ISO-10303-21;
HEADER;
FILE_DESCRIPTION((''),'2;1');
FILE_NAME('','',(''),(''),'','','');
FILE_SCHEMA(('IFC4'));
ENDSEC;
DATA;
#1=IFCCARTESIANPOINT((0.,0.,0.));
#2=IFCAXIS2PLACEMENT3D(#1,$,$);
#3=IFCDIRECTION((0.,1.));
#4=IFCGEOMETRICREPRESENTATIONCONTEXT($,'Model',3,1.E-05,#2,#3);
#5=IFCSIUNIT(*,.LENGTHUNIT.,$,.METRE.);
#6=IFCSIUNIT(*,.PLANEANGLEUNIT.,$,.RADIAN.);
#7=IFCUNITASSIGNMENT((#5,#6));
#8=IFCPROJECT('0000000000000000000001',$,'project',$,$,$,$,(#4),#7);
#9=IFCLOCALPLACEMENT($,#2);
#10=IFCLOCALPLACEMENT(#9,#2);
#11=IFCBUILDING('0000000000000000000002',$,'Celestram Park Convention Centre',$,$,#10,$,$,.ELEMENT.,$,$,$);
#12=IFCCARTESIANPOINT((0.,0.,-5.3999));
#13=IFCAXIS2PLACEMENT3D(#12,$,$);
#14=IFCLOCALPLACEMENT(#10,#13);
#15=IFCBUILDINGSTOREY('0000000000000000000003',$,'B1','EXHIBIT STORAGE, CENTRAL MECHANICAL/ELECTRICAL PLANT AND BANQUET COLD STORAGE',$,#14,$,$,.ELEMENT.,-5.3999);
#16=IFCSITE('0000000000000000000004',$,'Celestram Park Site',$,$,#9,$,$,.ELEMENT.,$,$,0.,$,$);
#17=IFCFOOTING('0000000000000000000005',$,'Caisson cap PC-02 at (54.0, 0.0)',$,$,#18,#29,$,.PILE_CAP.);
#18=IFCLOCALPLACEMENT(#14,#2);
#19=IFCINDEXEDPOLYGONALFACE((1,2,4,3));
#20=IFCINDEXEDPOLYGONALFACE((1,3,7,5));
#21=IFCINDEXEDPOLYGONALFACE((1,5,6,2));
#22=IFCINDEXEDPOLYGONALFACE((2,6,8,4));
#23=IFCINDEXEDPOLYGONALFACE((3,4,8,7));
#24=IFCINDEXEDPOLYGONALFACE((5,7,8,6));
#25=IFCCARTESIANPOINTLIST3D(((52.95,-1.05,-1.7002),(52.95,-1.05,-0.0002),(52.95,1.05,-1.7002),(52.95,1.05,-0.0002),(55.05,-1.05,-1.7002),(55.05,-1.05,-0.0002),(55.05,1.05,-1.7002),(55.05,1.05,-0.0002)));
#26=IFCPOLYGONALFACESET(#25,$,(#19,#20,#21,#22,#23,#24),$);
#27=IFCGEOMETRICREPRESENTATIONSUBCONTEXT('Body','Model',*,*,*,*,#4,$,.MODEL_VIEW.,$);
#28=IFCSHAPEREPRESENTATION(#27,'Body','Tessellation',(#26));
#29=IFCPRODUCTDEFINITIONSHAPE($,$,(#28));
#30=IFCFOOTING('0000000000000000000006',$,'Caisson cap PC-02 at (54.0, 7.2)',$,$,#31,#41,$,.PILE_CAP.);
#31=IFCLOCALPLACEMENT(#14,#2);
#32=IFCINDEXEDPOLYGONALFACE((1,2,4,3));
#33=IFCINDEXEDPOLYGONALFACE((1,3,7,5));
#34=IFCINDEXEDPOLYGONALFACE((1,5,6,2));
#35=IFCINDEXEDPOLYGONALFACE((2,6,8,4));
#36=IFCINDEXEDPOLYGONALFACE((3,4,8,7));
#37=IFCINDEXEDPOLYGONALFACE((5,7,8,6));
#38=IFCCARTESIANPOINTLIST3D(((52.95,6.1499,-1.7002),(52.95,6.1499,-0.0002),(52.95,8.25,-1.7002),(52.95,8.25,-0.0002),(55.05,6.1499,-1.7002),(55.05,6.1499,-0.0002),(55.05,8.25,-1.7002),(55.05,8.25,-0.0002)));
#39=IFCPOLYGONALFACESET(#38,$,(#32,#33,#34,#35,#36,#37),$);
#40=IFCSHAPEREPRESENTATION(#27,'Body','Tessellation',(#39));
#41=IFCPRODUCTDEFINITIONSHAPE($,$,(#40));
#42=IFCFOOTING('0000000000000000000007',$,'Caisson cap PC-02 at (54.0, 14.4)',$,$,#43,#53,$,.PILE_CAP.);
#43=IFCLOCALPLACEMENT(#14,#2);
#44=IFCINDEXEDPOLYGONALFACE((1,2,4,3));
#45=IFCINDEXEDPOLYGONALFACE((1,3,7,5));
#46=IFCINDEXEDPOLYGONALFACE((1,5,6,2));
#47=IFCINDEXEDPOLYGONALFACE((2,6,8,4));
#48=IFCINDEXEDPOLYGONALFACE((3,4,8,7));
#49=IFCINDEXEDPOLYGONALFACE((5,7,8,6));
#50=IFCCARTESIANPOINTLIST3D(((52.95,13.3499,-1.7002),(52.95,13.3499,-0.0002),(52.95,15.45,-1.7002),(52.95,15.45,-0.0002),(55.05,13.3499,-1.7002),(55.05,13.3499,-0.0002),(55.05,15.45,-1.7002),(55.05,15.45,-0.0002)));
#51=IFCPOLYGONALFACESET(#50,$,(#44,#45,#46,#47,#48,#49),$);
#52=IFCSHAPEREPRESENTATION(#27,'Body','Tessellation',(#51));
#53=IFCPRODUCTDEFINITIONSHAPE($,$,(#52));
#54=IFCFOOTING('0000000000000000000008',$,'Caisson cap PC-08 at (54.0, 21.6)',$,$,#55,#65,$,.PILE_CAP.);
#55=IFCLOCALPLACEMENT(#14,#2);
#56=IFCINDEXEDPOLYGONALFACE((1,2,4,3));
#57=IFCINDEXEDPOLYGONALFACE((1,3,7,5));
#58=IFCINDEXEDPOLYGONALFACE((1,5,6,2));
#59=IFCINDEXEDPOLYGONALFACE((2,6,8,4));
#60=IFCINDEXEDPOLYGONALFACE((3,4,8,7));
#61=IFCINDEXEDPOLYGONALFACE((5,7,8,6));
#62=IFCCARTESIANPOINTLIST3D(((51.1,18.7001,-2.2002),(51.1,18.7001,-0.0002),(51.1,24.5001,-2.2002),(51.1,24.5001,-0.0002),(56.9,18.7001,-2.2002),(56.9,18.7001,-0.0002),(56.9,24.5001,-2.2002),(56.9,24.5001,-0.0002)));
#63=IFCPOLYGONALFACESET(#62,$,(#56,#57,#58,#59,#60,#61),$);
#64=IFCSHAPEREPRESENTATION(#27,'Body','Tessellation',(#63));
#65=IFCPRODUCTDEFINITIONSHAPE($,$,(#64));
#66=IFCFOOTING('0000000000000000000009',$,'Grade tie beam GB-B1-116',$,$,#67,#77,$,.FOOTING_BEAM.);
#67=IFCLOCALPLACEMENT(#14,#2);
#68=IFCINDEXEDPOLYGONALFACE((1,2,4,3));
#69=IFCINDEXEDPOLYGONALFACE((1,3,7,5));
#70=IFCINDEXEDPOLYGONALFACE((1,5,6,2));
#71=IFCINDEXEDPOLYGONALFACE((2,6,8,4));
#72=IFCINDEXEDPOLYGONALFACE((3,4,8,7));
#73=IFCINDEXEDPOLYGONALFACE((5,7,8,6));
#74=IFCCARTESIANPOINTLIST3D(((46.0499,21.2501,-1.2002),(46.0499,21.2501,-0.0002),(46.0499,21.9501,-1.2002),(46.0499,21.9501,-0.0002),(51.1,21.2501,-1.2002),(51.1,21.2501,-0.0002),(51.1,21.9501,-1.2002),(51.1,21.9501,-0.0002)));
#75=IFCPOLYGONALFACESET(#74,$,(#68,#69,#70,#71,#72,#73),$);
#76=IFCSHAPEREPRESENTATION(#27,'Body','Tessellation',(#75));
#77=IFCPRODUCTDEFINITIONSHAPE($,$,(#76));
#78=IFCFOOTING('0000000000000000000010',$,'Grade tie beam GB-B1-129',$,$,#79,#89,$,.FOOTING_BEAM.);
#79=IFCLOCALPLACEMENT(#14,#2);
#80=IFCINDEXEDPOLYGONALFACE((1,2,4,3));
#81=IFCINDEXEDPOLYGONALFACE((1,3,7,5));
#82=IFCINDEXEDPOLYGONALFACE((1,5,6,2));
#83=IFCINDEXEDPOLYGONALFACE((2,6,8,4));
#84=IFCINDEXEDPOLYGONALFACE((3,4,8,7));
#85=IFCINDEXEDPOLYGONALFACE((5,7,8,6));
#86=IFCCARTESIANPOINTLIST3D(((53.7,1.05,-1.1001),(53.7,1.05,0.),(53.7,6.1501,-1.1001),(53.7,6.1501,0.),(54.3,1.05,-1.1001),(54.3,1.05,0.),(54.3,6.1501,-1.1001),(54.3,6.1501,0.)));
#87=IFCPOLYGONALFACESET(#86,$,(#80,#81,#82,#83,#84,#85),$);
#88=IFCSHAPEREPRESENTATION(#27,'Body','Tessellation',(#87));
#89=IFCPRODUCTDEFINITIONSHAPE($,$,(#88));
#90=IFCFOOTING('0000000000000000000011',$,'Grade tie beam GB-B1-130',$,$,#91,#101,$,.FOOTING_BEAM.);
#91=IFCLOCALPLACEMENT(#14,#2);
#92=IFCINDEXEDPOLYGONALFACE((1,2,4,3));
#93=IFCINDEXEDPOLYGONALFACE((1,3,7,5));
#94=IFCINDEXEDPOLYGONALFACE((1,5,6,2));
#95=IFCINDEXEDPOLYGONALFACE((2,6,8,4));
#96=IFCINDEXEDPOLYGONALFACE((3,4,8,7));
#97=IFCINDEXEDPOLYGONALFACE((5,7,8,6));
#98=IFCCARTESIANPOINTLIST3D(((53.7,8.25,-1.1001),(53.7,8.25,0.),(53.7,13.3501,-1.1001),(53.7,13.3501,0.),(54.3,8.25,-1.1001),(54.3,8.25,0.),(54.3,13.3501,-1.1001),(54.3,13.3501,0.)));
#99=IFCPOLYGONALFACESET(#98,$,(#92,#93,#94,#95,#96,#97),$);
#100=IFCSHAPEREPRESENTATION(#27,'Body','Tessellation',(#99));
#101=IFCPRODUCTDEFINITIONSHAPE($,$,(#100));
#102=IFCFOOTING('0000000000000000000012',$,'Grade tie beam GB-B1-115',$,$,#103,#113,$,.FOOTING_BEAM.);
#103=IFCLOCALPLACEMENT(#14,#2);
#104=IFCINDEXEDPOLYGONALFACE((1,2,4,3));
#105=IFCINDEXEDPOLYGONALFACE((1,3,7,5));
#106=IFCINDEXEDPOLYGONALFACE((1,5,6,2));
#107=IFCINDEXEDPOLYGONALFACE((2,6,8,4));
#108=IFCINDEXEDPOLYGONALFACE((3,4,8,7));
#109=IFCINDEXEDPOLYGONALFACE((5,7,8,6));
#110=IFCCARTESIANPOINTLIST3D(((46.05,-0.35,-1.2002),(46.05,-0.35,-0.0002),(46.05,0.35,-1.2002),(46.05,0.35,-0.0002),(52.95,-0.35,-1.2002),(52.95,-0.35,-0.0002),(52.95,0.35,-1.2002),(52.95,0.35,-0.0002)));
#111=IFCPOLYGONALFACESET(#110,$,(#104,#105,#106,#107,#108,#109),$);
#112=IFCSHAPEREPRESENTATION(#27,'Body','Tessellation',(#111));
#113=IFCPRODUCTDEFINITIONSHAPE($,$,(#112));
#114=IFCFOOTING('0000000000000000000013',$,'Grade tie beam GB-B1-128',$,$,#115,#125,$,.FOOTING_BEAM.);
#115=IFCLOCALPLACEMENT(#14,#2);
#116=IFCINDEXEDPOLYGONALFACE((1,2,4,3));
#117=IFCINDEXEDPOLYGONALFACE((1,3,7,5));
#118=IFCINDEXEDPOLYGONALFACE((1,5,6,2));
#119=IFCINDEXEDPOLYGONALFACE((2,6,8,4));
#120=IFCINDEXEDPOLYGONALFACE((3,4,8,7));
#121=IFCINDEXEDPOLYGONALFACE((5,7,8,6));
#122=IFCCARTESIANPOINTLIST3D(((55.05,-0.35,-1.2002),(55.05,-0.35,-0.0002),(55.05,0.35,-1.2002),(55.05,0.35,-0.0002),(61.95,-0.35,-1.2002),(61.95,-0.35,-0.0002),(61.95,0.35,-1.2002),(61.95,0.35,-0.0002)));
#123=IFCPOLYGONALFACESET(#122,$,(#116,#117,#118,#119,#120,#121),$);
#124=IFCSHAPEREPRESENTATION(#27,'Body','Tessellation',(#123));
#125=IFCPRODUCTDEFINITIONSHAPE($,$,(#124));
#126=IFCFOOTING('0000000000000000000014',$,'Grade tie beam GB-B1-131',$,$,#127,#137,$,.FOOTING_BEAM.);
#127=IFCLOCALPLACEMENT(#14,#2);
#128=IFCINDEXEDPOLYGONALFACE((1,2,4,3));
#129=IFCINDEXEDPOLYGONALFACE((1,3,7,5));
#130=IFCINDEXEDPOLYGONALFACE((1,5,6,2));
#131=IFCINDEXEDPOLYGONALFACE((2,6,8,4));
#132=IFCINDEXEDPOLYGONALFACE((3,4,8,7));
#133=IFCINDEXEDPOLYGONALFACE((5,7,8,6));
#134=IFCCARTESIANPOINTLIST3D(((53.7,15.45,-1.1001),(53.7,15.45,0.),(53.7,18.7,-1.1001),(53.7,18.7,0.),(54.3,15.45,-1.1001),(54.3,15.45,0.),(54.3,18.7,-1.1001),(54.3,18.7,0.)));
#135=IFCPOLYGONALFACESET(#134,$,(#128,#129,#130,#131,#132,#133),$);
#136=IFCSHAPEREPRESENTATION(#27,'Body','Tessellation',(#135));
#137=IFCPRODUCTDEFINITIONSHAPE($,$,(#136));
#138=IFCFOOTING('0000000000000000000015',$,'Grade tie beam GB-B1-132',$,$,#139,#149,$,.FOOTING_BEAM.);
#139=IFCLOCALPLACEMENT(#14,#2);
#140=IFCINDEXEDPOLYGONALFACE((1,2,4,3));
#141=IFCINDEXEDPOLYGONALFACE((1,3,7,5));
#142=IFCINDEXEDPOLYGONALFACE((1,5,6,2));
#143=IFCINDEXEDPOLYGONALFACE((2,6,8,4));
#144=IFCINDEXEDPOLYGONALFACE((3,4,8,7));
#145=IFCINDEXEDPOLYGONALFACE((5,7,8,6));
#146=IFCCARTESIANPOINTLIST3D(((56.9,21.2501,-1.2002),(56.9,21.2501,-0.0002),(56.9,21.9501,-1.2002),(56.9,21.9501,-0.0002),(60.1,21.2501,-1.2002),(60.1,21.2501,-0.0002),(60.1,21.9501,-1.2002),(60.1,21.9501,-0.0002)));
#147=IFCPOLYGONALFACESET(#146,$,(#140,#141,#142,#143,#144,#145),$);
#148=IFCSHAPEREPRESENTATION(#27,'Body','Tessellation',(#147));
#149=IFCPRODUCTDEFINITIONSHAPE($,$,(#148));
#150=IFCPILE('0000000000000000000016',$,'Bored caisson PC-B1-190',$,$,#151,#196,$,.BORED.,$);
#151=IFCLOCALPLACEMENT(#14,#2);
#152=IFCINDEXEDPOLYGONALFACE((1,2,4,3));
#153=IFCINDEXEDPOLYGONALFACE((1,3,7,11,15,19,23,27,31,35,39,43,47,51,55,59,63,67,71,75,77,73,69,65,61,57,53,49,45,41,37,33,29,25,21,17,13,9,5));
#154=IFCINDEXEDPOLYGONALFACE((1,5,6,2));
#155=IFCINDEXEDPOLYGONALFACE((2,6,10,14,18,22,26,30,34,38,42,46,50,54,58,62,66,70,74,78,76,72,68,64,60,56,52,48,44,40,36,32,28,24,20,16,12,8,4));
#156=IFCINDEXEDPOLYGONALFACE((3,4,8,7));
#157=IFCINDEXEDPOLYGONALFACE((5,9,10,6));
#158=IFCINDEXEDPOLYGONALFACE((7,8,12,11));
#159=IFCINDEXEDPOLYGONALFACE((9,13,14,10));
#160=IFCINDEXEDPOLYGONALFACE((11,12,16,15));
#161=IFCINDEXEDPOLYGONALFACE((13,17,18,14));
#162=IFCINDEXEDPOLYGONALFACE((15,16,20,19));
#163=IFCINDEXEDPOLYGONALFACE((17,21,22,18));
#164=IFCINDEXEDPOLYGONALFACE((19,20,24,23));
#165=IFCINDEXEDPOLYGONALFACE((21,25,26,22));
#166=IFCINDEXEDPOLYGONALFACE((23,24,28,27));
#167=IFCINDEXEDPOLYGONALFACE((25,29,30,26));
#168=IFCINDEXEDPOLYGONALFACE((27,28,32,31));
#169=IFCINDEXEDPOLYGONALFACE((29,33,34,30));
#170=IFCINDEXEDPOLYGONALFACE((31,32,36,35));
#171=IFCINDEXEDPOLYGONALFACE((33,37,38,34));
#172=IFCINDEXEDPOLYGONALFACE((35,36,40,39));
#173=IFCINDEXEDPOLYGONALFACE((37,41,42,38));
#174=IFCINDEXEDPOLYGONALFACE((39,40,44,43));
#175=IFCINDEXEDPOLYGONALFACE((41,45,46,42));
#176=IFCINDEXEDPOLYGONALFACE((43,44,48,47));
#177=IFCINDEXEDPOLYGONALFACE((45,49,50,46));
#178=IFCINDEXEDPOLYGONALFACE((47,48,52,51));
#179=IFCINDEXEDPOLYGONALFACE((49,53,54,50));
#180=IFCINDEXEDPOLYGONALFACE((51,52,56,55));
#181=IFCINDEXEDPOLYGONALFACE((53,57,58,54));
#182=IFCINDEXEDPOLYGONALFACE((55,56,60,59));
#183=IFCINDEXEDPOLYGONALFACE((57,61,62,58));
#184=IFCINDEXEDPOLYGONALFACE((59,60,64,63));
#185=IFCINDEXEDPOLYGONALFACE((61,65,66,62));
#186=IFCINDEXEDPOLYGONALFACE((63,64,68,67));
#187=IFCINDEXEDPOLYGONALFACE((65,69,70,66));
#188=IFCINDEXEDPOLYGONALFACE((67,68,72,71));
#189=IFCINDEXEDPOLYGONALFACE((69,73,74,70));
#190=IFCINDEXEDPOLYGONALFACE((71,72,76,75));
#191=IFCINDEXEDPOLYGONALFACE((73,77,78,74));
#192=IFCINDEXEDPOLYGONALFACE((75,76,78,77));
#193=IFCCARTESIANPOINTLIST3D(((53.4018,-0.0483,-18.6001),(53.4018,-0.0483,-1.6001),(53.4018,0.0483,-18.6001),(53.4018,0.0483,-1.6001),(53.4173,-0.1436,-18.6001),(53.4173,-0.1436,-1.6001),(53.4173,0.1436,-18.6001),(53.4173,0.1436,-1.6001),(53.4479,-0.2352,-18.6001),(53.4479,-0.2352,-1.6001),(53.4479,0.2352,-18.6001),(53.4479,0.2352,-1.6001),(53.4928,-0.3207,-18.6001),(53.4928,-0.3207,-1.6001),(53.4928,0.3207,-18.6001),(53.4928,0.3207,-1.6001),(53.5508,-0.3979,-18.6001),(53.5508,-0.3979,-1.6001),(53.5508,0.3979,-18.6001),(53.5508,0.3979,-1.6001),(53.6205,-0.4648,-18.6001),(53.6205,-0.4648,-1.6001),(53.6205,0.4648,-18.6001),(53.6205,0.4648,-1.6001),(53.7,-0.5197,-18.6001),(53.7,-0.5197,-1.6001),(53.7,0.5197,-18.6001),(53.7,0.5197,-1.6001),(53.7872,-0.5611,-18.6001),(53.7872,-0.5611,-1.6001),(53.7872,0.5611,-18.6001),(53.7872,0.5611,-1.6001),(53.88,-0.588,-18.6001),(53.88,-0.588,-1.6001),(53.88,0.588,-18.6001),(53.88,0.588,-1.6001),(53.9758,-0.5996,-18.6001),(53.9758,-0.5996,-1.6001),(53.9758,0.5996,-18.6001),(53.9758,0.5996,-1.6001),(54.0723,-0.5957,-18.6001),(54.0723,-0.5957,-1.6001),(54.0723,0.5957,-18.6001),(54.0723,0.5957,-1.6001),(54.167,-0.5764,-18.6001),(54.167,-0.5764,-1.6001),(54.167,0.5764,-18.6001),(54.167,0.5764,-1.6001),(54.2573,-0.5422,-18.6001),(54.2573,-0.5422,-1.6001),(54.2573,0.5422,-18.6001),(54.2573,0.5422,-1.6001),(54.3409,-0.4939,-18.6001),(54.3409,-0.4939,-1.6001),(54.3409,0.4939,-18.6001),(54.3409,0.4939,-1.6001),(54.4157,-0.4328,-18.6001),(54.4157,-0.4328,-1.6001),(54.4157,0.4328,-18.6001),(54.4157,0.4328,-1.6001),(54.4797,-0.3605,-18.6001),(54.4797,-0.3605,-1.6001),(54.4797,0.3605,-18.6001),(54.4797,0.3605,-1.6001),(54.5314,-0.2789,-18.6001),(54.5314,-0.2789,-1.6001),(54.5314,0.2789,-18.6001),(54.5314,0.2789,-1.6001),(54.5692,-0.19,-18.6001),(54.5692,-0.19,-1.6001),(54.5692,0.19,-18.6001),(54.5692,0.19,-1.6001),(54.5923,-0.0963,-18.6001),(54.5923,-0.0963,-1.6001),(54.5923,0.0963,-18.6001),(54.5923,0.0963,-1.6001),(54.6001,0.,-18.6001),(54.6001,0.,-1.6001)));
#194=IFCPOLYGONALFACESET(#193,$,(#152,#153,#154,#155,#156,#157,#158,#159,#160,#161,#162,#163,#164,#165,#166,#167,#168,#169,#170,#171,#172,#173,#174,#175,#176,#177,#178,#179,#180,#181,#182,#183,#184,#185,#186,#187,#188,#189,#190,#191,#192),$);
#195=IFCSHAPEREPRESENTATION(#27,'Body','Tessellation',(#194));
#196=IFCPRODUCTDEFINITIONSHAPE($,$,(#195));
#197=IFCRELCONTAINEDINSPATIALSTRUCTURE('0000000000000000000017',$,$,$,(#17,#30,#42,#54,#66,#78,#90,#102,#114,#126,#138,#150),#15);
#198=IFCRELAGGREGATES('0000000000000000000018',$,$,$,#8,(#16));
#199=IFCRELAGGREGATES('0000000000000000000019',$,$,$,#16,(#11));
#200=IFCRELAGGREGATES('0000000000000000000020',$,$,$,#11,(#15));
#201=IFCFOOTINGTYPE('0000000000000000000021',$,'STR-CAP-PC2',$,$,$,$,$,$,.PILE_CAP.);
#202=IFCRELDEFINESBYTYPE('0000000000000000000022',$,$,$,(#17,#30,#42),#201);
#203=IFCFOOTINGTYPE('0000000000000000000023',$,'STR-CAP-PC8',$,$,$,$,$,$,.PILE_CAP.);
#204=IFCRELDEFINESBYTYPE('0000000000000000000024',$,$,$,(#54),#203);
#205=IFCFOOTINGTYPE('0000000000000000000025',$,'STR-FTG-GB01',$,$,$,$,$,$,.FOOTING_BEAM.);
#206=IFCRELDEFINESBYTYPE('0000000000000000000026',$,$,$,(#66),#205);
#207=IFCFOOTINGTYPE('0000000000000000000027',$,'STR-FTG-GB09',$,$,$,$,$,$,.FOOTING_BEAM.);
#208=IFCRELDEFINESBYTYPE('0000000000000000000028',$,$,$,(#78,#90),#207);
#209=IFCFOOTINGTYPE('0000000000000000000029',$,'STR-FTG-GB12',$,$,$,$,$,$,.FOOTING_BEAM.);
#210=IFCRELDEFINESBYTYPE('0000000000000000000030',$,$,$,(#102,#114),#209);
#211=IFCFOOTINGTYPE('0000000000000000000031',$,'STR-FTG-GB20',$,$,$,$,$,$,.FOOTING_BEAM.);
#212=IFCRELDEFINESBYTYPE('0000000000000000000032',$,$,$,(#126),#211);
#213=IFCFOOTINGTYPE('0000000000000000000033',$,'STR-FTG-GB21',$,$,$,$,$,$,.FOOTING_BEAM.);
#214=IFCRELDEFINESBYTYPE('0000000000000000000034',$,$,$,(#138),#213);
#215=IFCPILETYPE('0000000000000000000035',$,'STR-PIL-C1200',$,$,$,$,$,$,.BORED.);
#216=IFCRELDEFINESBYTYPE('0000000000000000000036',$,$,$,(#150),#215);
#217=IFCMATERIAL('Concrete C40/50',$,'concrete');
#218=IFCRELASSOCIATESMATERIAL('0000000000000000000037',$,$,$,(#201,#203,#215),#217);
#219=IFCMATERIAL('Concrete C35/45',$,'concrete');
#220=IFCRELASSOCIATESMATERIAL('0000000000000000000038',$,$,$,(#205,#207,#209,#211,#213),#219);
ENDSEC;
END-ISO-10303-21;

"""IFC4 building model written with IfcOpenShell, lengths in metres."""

from ifc_helpers import new_model, si_unit, direction, frame, origin, origin_2d, place, context, subcontext, project, spatial, rectangle, circle, extrude, material, material_profile, profile_set, type_object, element, save


model = new_model("IFC4")

# Units and contexts
model_context = context("Model", 3, precision=1e-05, world=origin(), true_north=direction((0.0, 1.0)))
body_context = subcontext(model_context, "Body", "Model", "MODEL_VIEW")
ifc_project = project(units=[si_unit("LENGTHUNIT", "METRE"), si_unit("PLANEANGLEUNIT", "RADIAN")], contexts=[model_context])

# Site, building, storey
site_placement = place(None, origin())
site = spatial("IfcSite", under=ifc_project, at=site_placement, Name="Celestram Park Site", CompositionType="ELEMENT", RefElevation=0.0)
building_placement = place(site_placement, origin())
building = spatial("IfcBuilding", under=site, at=building_placement, Name="Celestram Park Convention Centre", CompositionType="ELEMENT")
storey_placement = place(building_placement, frame((0.0, 0.0, -5.3999)))
storey = spatial("IfcBuildingStorey", under=building, at=storey_placement, Name="B1", Description="EXHIBIT STORAGE, CENTRAL MECHANICAL/ELECTRICAL PLANT AND BANQUET COLD STORAGE", CompositionType="ELEMENT", Elevation=-5.3999)

# Footings
ifc_material_1 = material(Name="Concrete C40/50", Category="concrete")
footing_type_1 = type_object("IfcFootingType", Name="STR-CAP-PC2", PredefinedType="PILE_CAP", material=ifc_material_1)
for number, where, z_axis, x_axis, name in (
    (1, (54.0, 0.0, -1.7002), (0.0, 0.0, 1.0), (1.0, 0.0, 0.0), "Caisson cap PC-02 at (54.0, 0.0)"),
    (2, (54.0, 7.2, -1.7002), (0.0, 0.0, 1.0), (1.0, 0.0, 0.0), "Caisson cap PC-02 at (54.0, 7.2)"),
    (3, (54.0, 14.3999, -1.7002), (0.0, 0.0, 1.0), (1.0, 0.0, 0.0), "Caisson cap PC-02 at (54.0, 14.4)"),
):
    element("IfcFooting", number, at=place(storey_placement, frame(where, z_axis=z_axis, x_axis=x_axis)), inside=storey, type_object=footing_type_1, Name=name, PredefinedType="PILE_CAP", context=body_context, shape_type="SweptSolid", body=[
        extrude(rectangle(XDim=2.1001, YDim=2.1001, at=origin_2d()), origin(), (0.0, 0.0, 1.0), 1.7),
    ])
footing_type_2 = type_object("IfcFootingType", Name="STR-CAP-PC8", PredefinedType="PILE_CAP", material=ifc_material_1)
footing_1_placement = place(storey_placement, frame((54.0, 21.6001, -2.2002), z_axis=(0.0, 0.0, 1.0), x_axis=(1.0, 0.0, 0.0)))
element("IfcFooting", 4, at=footing_1_placement, inside=storey, type_object=footing_type_2, Name="Caisson cap PC-08 at (54.0, 21.6)", PredefinedType="PILE_CAP", context=body_context, shape_type="SweptSolid", body=[
    extrude(rectangle(XDim=5.8, YDim=5.8, at=origin_2d()), origin(), (0.0, 0.0, 1.0), 2.2),
])
ifc_material_2 = material(Name="Concrete C35/45", Category="concrete")
footing_type_3 = type_object("IfcFootingType", Name="STR-FTG-GB01", PredefinedType="FOOTING_BEAM", material=ifc_material_2)
footing_2_placement = place(storey_placement, frame((48.575, 21.6001, -1.2002), z_axis=(0.0, 0.0, 1.0), x_axis=(1.0, 0.0, 0.0)))
element("IfcFooting", 5, at=footing_2_placement, inside=storey, type_object=footing_type_3, Name="Grade tie beam GB-B1-116", PredefinedType="FOOTING_BEAM", context=body_context, shape_type="SweptSolid", body=[
    extrude(rectangle(XDim=5.05, YDim=0.7, at=origin_2d()), origin(), (0.0, 0.0, 1.0), 1.2),
])
footing_type_4 = type_object("IfcFootingType", Name="STR-FTG-GB09", PredefinedType="FOOTING_BEAM", material=ifc_material_2)
for number, where, z_axis, x_axis, name in (
    (6, (54.0, 3.6001, -1.1001), (0.0, 0.0, 1.0), (0.0, 1.0, 0.0), "Grade tie beam GB-B1-129"),
    (7, (54.0, 10.8, -1.1001), (0.0, 0.0, 1.0), (0.0, 1.0, 0.0), "Grade tie beam GB-B1-130"),
):
    element("IfcFooting", number, at=place(storey_placement, frame(where, z_axis=z_axis, x_axis=x_axis)), inside=storey, type_object=footing_type_4, Name=name, PredefinedType="FOOTING_BEAM", context=body_context, shape_type="SweptSolid", body=[
        extrude(rectangle(XDim=5.1001, YDim=0.6001, at=origin_2d()), origin(), (0.0, 0.0, 1.0), 1.1001),
    ])
footing_type_5 = type_object("IfcFootingType", Name="STR-FTG-GB12", PredefinedType="FOOTING_BEAM", material=ifc_material_2)
for number, where, z_axis, x_axis, name in (
    (8, (49.5, 0.0, -1.2002), (0.0, 0.0, 1.0), (1.0, 0.0, 0.0), "Grade tie beam GB-B1-115"),
    (9, (58.5, 0.0, -1.2002), (0.0, 0.0, 1.0), (1.0, 0.0, 0.0), "Grade tie beam GB-B1-128"),
):
    element("IfcFooting", number, at=place(storey_placement, frame(where, z_axis=z_axis, x_axis=x_axis)), inside=storey, type_object=footing_type_5, Name=name, PredefinedType="FOOTING_BEAM", context=body_context, shape_type="SweptSolid", body=[
        extrude(rectangle(XDim=6.8999, YDim=0.7, at=origin_2d()), origin(), (0.0, 0.0, 1.0), 1.2),
    ])
footing_type_6 = type_object("IfcFootingType", Name="STR-FTG-GB20", PredefinedType="FOOTING_BEAM", material=ifc_material_2)
footing_3_placement = place(storey_placement, frame((54.0, 17.075, -1.1001), z_axis=(0.0, 0.0, 1.0), x_axis=(0.0, 1.0, 0.0)))
element("IfcFooting", 10, at=footing_3_placement, inside=storey, type_object=footing_type_6, Name="Grade tie beam GB-B1-131", PredefinedType="FOOTING_BEAM", context=body_context, shape_type="SweptSolid", body=[
    extrude(rectangle(XDim=3.25, YDim=0.6001, at=origin_2d()), origin(), (0.0, 0.0, 1.0), 1.1001),
])
footing_type_7 = type_object("IfcFootingType", Name="STR-FTG-GB21", PredefinedType="FOOTING_BEAM", material=ifc_material_2)
footing_4_placement = place(storey_placement, frame((58.5, 21.6001, -1.2002), z_axis=(0.0, 0.0, 1.0), x_axis=(1.0, 0.0, 0.0)))
element("IfcFooting", 11, at=footing_4_placement, inside=storey, type_object=footing_type_7, Name="Grade tie beam GB-B1-132", PredefinedType="FOOTING_BEAM", context=body_context, shape_type="SweptSolid", body=[
    extrude(rectangle(XDim=3.2, YDim=0.7, at=origin_2d()), origin(), (0.0, 0.0, 1.0), 1.2),
])

# Pile
ifc_material_profile_1 = material_profile(ifc_material_1, circle(Radius=0.6001, at=origin_2d()), Name="CAISSON1200")
ifc_profile_set_1 = profile_set([ifc_material_profile_1], Name="Concrete C40/50")
pile_type_1 = type_object("IfcPileType", Name="STR-PIL-C1200", PredefinedType="BORED", material=ifc_profile_set_1)
for number, where, z_axis, x_axis, name in (
    (12, (54.0, 0.0, -1.6001), (0.0, 0.0, -1.0), (1.0, 0.0, 0.0), "Bored caisson PC-B1-190"),
):
    element("IfcPile", number, at=place(storey_placement, frame(where, z_axis=z_axis, x_axis=x_axis)), inside=storey, type_object=pile_type_1, Name=name, PredefinedType="BORED", context=body_context, shape_type="SweptSolid", body=[
        extrude(circle(Radius=0.6001, at=origin_2d()), origin(), (0.0, 0.0, 1.0), 17.0),
    ])

save(model, "model.ifc")
